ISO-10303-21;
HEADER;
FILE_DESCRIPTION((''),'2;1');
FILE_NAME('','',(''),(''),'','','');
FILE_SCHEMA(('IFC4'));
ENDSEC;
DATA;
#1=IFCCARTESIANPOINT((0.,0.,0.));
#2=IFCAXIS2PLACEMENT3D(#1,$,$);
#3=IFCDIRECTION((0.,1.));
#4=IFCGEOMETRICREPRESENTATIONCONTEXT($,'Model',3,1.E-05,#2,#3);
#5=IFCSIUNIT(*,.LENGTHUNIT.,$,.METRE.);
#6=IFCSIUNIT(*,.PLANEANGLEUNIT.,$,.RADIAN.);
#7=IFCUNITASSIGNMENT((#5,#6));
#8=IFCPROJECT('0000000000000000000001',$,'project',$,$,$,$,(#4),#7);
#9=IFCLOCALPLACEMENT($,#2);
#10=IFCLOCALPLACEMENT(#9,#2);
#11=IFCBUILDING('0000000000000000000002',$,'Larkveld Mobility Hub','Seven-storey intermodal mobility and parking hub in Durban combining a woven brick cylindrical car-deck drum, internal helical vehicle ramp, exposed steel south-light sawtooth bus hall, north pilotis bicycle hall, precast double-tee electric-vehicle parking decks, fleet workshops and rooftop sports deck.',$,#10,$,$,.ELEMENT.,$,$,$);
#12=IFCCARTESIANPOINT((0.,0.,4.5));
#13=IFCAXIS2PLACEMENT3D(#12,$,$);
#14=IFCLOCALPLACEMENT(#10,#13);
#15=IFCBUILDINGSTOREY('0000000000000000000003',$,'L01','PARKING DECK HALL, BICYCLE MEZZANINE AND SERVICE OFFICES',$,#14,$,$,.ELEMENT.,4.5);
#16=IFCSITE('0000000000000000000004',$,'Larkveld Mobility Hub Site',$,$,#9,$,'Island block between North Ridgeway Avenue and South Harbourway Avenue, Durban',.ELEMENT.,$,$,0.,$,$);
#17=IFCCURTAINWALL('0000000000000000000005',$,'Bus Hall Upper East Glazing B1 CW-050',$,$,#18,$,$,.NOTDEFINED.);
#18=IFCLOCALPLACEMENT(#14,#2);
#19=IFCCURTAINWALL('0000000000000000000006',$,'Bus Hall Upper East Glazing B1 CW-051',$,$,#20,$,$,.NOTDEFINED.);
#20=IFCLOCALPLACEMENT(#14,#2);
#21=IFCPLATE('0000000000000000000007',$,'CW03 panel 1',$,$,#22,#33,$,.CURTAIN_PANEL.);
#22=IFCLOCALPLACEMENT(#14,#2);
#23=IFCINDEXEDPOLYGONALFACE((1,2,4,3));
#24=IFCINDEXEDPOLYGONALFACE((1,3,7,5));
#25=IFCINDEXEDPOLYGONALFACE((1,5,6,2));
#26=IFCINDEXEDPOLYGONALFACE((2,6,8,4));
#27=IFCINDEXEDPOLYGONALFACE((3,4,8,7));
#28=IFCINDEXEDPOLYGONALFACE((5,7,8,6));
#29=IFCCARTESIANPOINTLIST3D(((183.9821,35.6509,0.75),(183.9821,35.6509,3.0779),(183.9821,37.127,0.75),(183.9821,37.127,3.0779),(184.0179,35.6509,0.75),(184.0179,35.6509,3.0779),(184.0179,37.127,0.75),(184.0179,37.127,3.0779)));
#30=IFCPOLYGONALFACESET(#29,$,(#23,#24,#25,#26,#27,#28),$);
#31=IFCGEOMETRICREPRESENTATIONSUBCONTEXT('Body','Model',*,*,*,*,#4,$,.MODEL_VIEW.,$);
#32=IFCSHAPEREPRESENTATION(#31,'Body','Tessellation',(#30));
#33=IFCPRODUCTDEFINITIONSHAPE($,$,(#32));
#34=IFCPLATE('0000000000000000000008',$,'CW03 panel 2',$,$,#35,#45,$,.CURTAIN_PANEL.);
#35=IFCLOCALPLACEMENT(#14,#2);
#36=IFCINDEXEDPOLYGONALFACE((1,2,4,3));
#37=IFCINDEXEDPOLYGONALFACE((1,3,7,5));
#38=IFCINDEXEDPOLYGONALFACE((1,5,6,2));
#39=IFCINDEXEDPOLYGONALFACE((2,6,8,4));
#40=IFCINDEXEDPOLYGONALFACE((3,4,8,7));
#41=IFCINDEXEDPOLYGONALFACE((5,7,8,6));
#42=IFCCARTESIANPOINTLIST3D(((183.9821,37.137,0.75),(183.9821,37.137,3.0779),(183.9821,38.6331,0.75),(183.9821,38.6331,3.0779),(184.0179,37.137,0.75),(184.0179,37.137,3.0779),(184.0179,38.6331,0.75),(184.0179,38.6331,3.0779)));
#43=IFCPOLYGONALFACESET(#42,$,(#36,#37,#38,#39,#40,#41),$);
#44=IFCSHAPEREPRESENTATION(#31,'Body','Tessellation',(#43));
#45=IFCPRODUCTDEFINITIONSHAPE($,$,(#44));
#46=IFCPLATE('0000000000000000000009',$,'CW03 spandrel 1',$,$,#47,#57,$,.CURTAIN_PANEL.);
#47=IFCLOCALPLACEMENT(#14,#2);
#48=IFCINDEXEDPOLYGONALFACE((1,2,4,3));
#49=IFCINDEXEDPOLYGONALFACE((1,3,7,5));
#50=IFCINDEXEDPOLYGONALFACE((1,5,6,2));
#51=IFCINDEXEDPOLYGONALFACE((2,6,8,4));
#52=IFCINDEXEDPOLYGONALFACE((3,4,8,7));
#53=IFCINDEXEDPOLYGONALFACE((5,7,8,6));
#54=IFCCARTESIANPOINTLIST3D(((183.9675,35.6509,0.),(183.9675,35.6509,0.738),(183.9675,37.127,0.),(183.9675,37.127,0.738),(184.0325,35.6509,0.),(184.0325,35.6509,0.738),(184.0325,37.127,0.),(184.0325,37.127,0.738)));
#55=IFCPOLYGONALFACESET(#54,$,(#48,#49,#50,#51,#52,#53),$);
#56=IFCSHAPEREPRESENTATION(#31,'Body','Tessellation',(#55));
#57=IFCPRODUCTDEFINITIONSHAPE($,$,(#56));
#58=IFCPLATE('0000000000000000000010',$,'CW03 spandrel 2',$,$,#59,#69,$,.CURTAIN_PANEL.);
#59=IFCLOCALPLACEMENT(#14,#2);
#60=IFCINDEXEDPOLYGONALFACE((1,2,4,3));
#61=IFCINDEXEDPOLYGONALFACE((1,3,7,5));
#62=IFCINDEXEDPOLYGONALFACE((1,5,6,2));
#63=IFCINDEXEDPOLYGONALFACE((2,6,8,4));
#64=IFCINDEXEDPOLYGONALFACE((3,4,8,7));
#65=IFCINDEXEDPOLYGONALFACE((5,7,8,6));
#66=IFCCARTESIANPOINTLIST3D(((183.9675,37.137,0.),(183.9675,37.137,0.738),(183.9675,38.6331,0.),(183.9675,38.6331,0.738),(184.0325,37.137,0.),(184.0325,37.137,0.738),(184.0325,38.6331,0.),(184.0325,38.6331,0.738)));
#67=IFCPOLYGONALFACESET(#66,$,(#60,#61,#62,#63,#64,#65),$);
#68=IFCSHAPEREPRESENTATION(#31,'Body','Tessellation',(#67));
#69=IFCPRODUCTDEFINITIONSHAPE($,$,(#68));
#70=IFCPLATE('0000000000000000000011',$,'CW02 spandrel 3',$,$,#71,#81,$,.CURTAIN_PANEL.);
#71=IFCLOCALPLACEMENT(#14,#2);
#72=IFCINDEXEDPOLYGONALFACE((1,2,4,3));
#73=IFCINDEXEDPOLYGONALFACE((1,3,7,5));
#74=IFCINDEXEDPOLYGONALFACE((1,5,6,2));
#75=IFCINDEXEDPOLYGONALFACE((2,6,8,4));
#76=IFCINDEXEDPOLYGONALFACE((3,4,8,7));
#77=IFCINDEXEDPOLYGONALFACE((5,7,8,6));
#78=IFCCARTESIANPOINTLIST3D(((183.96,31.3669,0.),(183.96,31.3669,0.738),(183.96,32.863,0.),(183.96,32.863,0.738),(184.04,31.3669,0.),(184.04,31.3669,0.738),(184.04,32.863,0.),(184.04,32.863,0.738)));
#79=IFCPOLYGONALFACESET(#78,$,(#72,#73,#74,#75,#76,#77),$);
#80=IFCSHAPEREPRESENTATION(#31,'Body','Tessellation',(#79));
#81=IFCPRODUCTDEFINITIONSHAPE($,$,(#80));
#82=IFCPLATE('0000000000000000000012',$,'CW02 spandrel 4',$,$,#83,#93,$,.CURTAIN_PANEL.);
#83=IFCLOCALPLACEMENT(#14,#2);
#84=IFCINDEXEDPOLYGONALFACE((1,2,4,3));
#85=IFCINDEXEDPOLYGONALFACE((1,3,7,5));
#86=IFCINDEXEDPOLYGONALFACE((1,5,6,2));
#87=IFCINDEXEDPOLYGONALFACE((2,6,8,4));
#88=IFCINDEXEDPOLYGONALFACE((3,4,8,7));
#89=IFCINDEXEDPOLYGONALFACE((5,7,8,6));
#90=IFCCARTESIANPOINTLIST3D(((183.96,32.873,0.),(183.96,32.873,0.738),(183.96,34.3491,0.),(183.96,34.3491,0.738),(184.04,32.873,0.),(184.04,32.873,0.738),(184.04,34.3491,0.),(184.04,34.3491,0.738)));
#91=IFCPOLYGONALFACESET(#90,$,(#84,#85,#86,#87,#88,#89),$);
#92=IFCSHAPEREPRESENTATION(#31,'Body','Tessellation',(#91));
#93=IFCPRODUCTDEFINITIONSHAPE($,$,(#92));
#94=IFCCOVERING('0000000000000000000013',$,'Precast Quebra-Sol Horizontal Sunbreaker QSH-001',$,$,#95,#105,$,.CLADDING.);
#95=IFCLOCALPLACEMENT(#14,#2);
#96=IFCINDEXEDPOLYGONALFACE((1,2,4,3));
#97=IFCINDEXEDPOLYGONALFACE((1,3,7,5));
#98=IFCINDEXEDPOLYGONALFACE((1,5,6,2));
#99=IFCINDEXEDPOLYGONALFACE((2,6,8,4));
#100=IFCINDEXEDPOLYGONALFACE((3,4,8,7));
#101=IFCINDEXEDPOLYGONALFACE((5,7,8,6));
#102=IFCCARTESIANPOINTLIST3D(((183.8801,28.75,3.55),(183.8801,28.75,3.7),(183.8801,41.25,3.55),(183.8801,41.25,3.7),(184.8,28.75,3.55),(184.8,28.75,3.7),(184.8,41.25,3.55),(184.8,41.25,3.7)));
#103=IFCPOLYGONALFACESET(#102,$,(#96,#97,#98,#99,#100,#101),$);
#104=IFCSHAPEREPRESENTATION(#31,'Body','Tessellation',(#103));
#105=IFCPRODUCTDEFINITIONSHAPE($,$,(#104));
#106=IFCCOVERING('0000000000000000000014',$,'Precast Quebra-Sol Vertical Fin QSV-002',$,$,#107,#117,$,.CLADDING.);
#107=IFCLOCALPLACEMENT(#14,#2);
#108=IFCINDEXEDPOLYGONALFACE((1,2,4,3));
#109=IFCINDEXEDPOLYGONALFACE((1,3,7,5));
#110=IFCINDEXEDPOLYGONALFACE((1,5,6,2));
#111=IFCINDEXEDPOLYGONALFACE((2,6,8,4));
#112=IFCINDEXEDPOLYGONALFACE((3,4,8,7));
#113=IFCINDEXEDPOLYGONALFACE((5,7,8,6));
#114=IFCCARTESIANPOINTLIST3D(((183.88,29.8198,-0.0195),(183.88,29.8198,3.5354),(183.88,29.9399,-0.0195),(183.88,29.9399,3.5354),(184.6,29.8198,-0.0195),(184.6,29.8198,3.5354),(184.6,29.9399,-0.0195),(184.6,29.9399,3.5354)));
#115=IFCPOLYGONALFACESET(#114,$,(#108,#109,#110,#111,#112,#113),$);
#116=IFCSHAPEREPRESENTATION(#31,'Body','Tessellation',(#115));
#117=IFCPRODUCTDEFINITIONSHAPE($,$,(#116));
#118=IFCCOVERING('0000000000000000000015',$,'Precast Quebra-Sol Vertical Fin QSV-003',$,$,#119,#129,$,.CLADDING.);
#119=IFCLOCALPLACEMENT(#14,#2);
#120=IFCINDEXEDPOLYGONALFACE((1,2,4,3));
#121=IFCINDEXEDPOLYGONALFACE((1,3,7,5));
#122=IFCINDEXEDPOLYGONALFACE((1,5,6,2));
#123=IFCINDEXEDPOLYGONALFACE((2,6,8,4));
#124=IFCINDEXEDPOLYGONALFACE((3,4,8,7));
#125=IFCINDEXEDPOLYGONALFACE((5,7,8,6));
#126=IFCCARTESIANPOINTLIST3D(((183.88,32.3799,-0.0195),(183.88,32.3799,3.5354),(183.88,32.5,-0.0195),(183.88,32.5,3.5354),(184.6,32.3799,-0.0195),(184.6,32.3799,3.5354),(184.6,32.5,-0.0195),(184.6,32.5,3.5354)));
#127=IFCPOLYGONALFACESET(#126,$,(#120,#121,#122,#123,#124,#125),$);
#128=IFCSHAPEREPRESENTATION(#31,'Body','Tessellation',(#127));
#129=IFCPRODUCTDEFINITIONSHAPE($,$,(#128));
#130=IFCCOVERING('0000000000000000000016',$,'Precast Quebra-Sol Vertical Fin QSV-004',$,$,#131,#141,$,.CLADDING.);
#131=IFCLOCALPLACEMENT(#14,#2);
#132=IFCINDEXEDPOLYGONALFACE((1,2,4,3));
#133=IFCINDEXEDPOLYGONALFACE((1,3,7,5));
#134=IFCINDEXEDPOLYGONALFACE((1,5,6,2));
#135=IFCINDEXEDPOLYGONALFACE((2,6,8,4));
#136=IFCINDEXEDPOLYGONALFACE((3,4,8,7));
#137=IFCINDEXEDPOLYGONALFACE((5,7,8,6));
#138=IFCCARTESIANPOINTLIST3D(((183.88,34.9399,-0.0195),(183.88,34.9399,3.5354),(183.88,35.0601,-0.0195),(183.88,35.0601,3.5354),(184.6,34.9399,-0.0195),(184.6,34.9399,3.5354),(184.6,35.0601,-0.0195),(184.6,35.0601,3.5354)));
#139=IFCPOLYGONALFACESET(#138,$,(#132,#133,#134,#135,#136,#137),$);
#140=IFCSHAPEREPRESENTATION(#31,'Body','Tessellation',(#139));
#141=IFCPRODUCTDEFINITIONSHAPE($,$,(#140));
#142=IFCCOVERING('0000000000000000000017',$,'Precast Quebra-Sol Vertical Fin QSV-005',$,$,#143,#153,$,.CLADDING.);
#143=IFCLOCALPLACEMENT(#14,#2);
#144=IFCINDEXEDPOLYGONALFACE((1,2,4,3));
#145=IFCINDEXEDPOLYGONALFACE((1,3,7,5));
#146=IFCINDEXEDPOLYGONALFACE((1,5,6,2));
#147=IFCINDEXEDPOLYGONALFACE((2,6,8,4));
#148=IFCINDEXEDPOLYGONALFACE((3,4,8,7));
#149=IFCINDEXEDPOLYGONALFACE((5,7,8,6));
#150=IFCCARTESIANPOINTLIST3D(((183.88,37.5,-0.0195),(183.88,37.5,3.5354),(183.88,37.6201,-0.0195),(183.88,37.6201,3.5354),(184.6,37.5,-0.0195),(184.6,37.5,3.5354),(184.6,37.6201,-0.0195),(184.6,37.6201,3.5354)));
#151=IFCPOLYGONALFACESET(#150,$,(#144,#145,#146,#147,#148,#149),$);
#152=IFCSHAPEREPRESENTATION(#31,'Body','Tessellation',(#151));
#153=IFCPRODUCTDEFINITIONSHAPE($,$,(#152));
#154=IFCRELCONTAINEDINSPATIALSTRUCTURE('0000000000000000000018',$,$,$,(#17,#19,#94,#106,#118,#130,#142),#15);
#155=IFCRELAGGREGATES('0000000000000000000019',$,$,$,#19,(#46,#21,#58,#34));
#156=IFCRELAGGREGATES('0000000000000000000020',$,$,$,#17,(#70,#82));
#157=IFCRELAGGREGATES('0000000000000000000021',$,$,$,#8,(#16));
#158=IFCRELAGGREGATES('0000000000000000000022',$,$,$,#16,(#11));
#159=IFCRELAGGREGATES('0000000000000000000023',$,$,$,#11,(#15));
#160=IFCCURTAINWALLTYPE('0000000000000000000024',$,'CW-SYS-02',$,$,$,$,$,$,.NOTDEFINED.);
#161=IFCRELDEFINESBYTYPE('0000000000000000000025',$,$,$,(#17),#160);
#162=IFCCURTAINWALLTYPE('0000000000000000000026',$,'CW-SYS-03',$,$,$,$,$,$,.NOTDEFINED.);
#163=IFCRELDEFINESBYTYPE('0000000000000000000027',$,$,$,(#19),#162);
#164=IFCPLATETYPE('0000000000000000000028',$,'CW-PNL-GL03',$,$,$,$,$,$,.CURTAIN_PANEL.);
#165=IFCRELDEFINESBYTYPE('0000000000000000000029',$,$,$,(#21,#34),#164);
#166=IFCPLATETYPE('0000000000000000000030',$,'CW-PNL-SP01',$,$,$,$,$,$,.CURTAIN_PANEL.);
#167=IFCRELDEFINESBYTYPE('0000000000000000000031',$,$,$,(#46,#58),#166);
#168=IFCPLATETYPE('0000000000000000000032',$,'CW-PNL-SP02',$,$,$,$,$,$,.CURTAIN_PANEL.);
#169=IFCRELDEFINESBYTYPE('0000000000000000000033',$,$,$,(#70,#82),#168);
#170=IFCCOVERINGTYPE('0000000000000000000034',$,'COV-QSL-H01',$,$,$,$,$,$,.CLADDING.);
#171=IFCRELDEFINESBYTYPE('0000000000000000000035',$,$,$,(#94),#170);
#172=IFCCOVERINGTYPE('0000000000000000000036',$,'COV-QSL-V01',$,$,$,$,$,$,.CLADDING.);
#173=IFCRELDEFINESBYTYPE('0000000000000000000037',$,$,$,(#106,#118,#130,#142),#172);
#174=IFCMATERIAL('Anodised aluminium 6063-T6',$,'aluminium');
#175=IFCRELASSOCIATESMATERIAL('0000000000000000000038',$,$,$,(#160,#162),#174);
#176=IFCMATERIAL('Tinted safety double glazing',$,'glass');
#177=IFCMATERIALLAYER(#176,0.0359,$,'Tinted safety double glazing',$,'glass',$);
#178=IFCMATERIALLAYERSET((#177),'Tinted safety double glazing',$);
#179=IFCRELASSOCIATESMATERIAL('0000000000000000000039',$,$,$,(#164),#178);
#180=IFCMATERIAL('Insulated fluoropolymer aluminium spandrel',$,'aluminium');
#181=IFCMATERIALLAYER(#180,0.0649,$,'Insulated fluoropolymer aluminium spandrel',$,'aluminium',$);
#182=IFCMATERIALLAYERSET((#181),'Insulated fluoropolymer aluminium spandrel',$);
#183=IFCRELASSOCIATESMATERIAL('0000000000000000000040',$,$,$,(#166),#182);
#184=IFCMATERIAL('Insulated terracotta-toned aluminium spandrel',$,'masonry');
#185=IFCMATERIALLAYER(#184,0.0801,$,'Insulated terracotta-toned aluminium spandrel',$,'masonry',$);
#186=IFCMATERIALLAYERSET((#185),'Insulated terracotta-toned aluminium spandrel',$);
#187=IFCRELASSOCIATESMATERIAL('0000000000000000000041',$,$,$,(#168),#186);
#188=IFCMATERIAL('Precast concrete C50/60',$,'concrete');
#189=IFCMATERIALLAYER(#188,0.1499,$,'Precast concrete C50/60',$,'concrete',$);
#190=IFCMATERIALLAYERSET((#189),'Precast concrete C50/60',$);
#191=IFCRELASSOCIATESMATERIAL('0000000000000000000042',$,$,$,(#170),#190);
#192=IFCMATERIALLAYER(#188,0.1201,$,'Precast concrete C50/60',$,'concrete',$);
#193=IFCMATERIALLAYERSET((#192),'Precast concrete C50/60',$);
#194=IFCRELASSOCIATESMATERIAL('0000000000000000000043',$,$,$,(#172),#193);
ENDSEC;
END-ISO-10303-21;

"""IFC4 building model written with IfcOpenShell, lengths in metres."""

from ifc_helpers import new_model, si_unit, direction, frame, origin, origin_2d, place, context, subcontext, project, spatial, rectangle, extrude, material, layer, layer_set, type_object, element, aggregate, save


model = new_model("IFC4")

# Units and contexts
model_context = context("Model", 3, precision=1e-05, world=origin(), true_north=direction((0.0, 1.0)))
body_context = subcontext(model_context, "Body", "Model", "MODEL_VIEW")
ifc_project = project(units=[si_unit("LENGTHUNIT", "METRE"), si_unit("PLANEANGLEUNIT", "RADIAN")], contexts=[model_context])

# Site, building, storey
site_placement = place(None, origin())
site = spatial("IfcSite", under=ifc_project, at=site_placement, Name="Larkveld Mobility Hub Site", LongName="Island block between North Ridgeway Avenue and South Harbourway Avenue, Durban", CompositionType="ELEMENT", RefElevation=0.0)
building_placement = place(site_placement, origin())
building = spatial("IfcBuilding", under=site, at=building_placement, Name="Larkveld Mobility Hub", Description="Seven-storey intermodal mobility and parking hub in Durban combining a woven brick cylindrical car-deck drum, internal helical vehicle ramp, exposed steel south-light sawtooth bus hall, north pilotis bicycle hall, precast double-tee electric-vehicle parking decks, fleet workshops and rooftop sports deck.", CompositionType="ELEMENT")
storey_placement = place(building_placement, frame((0.0, 0.0, 4.5)))
storey = spatial("IfcBuildingStorey", under=building, at=storey_placement, Name="L01", Description="PARKING DECK HALL, BICYCLE MEZZANINE AND SERVICE OFFICES", CompositionType="ELEMENT", Elevation=4.5)

# Curtain walls
ifc_material_1 = material(Name="Anodised aluminium 6063-T6", Category="aluminium")
curtain_wall_type_1 = type_object("IfcCurtainWallType", Name="CW-SYS-02", PredefinedType="NOTDEFINED", material=ifc_material_1)
curtain_wall_1_placement = place(storey_placement, origin())
curtain_wall_1 = element("IfcCurtainWall", 1, at=curtain_wall_1_placement, inside=storey, type_object=curtain_wall_type_1, Name="Bus Hall Upper East Glazing B1 CW-050", PredefinedType="NOTDEFINED")
curtain_wall_type_2 = type_object("IfcCurtainWallType", Name="CW-SYS-03", PredefinedType="NOTDEFINED", material=ifc_material_1)
curtain_wall_2_placement = place(storey_placement, origin())
curtain_wall_2 = element("IfcCurtainWall", 2, at=curtain_wall_2_placement, inside=storey, type_object=curtain_wall_type_2, Name="Bus Hall Upper East Glazing B1 CW-051", PredefinedType="NOTDEFINED")

# Plates
ifc_material_2 = material(Name="Tinted safety double glazing", Category="glass")
ifc_layer_1 = layer(ifc_material_2, 0.0359, Name="Tinted safety double glazing", Category="glass")
ifc_layer_set_1 = layer_set([ifc_layer_1], Name="Tinted safety double glazing")
plate_type_1 = type_object("IfcPlateType", Name="CW-PNL-GL03", PredefinedType="CURTAIN_PANEL", material=ifc_layer_set_1)
plate_1_placement = place(storey_placement, frame((184.0, 36.3889, 0.75), z_axis=(0.0, 0.0, 1.0), x_axis=(0.0, 1.0, 0.0)))
plate_1 = element("IfcPlate", 3, at=plate_1_placement, type_object=plate_type_1, Name="CW03 panel 1", PredefinedType="CURTAIN_PANEL", context=body_context, shape_type="SweptSolid", body=[
    extrude(rectangle(XDim=1.4761, YDim=0.0359, at=origin_2d()), origin(), (0.0, 0.0, 1.0), 2.3279),
])
plate_2_placement = place(storey_placement, frame((184.0, 37.885, 0.75), z_axis=(0.0, 0.0, 1.0), x_axis=(0.0, 1.0, 0.0)))
plate_2 = element("IfcPlate", 4, at=plate_2_placement, type_object=plate_type_1, Name="CW03 panel 2", PredefinedType="CURTAIN_PANEL", context=body_context, shape_type="SweptSolid", body=[
    extrude(rectangle(XDim=1.4961, YDim=0.0359, at=origin_2d()), origin(), (0.0, 0.0, 1.0), 2.3279),
])
ifc_material_3 = material(Name="Insulated fluoropolymer aluminium spandrel", Category="aluminium")
ifc_layer_2 = layer(ifc_material_3, 0.0649, Name="Insulated fluoropolymer aluminium spandrel", Category="aluminium")
ifc_layer_set_2 = layer_set([ifc_layer_2], Name="Insulated fluoropolymer aluminium spandrel")
plate_type_2 = type_object("IfcPlateType", Name="CW-PNL-SP01", PredefinedType="CURTAIN_PANEL", material=ifc_layer_set_2)
plate_3_placement = place(storey_placement, frame((184.0, 36.3889, 0.0), z_axis=(0.0, 0.0, 1.0), x_axis=(0.0, 1.0, 0.0)))
plate_3 = element("IfcPlate", 5, at=plate_3_placement, type_object=plate_type_2, Name="CW03 spandrel 1", PredefinedType="CURTAIN_PANEL", context=body_context, shape_type="SweptSolid", body=[
    extrude(rectangle(XDim=1.4761, YDim=0.0649, at=origin_2d()), origin(), (0.0, 0.0, 1.0), 0.738),
])
plate_4_placement = place(storey_placement, frame((184.0, 37.885, 0.0), z_axis=(0.0, 0.0, 1.0), x_axis=(0.0, 1.0, 0.0)))
plate_4 = element("IfcPlate", 6, at=plate_4_placement, type_object=plate_type_2, Name="CW03 spandrel 2", PredefinedType="CURTAIN_PANEL", context=body_context, shape_type="SweptSolid", body=[
    extrude(rectangle(XDim=1.4961, YDim=0.0649, at=origin_2d()), origin(), (0.0, 0.0, 1.0), 0.738),
])
aggregate(curtain_wall_2, [plate_3, plate_1, plate_4, plate_2])
ifc_material_4 = material(Name="Insulated terracotta-toned aluminium spandrel", Category="masonry")
ifc_layer_3 = layer(ifc_material_4, 0.0801, Name="Insulated terracotta-toned aluminium spandrel", Category="masonry")
ifc_layer_set_3 = layer_set([ifc_layer_3], Name="Insulated terracotta-toned aluminium spandrel")
plate_type_3 = type_object("IfcPlateType", Name="CW-PNL-SP02", PredefinedType="CURTAIN_PANEL", material=ifc_layer_set_3)
plate_5_placement = place(storey_placement, frame((184.0, 32.115, 0.0), z_axis=(0.0, 0.0, 1.0), x_axis=(0.0, 1.0, 0.0)))
plate_5 = element("IfcPlate", 7, at=plate_5_placement, type_object=plate_type_3, Name="CW02 spandrel 3", PredefinedType="CURTAIN_PANEL", context=body_context, shape_type="SweptSolid", body=[
    extrude(rectangle(XDim=1.4961, YDim=0.0801, at=origin_2d()), origin(), (0.0, 0.0, 1.0), 0.738),
])
plate_6_placement = place(storey_placement, frame((184.0, 33.6111, 0.0), z_axis=(0.0, 0.0, 1.0), x_axis=(0.0, 1.0, 0.0)))
plate_6 = element("IfcPlate", 8, at=plate_6_placement, type_object=plate_type_3, Name="CW02 spandrel 4", PredefinedType="CURTAIN_PANEL", context=body_context, shape_type="SweptSolid", body=[
    extrude(rectangle(XDim=1.4761, YDim=0.0801, at=origin_2d()), origin(), (0.0, 0.0, 1.0), 0.738),
])
aggregate(curtain_wall_1, [plate_5, plate_6])

# Coverings
ifc_material_5 = material(Name="Precast concrete C50/60", Category="concrete")
ifc_layer_4 = layer(ifc_material_5, 0.1499, Name="Precast concrete C50/60", Category="concrete")
ifc_layer_set_4 = layer_set([ifc_layer_4], Name="Precast concrete C50/60")
covering_type_1 = type_object("IfcCoveringType", Name="COV-QSL-H01", PredefinedType="CLADDING", material=ifc_layer_set_4)
covering_placement = place(storey_placement, frame((184.3401, 35.0, 3.55), z_axis=(0.0, 0.0, 1.0), x_axis=(0.0, 1.0, 0.0)))
element("IfcCovering", 9, at=covering_placement, inside=storey, type_object=covering_type_1, Name="Precast Quebra-Sol Horizontal Sunbreaker QSH-001", PredefinedType="CLADDING", context=body_context, shape_type="SweptSolid", body=[
    extrude(rectangle(XDim=12.5, YDim=0.9199, at=origin_2d()), origin(), (0.0, 0.0, 1.0), 0.1499),
])
ifc_layer_5 = layer(ifc_material_5, 0.1201, Name="Precast concrete C50/60", Category="concrete")
ifc_layer_set_5 = layer_set([ifc_layer_5], Name="Precast concrete C50/60")
covering_type_2 = type_object("IfcCoveringType", Name="COV-QSL-V01", PredefinedType="CLADDING", material=ifc_layer_set_5)
for number, where, z_axis, x_axis, name in (
    (10, (184.24, 29.8799, -0.0195), (0.0, 0.0, 1.0), (0.0, 1.0, 0.0), "Precast Quebra-Sol Vertical Fin QSV-002"),
    (11, (184.24, 32.4399, -0.0195), (0.0, 0.0, 1.0), (0.0, 1.0, 0.0), "Precast Quebra-Sol Vertical Fin QSV-003"),
    (12, (184.24, 35.0, -0.0195), (0.0, 0.0, 1.0), (0.0, 1.0, 0.0), "Precast Quebra-Sol Vertical Fin QSV-004"),
    (13, (184.24, 37.5601, -0.0195), (0.0, 0.0, 1.0), (0.0, 1.0, 0.0), "Precast Quebra-Sol Vertical Fin QSV-005"),
):
    element("IfcCovering", number, at=place(storey_placement, frame(where, z_axis=z_axis, x_axis=x_axis)), inside=storey, type_object=covering_type_2, Name=name, PredefinedType="CLADDING", context=body_context, shape_type="SweptSolid", body=[
        extrude(rectangle(XDim=0.1201, YDim=0.72, at=origin_2d()), origin(), (0.0, 0.0, 1.0), 3.5549),
    ])

save(model, "model.ifc")
